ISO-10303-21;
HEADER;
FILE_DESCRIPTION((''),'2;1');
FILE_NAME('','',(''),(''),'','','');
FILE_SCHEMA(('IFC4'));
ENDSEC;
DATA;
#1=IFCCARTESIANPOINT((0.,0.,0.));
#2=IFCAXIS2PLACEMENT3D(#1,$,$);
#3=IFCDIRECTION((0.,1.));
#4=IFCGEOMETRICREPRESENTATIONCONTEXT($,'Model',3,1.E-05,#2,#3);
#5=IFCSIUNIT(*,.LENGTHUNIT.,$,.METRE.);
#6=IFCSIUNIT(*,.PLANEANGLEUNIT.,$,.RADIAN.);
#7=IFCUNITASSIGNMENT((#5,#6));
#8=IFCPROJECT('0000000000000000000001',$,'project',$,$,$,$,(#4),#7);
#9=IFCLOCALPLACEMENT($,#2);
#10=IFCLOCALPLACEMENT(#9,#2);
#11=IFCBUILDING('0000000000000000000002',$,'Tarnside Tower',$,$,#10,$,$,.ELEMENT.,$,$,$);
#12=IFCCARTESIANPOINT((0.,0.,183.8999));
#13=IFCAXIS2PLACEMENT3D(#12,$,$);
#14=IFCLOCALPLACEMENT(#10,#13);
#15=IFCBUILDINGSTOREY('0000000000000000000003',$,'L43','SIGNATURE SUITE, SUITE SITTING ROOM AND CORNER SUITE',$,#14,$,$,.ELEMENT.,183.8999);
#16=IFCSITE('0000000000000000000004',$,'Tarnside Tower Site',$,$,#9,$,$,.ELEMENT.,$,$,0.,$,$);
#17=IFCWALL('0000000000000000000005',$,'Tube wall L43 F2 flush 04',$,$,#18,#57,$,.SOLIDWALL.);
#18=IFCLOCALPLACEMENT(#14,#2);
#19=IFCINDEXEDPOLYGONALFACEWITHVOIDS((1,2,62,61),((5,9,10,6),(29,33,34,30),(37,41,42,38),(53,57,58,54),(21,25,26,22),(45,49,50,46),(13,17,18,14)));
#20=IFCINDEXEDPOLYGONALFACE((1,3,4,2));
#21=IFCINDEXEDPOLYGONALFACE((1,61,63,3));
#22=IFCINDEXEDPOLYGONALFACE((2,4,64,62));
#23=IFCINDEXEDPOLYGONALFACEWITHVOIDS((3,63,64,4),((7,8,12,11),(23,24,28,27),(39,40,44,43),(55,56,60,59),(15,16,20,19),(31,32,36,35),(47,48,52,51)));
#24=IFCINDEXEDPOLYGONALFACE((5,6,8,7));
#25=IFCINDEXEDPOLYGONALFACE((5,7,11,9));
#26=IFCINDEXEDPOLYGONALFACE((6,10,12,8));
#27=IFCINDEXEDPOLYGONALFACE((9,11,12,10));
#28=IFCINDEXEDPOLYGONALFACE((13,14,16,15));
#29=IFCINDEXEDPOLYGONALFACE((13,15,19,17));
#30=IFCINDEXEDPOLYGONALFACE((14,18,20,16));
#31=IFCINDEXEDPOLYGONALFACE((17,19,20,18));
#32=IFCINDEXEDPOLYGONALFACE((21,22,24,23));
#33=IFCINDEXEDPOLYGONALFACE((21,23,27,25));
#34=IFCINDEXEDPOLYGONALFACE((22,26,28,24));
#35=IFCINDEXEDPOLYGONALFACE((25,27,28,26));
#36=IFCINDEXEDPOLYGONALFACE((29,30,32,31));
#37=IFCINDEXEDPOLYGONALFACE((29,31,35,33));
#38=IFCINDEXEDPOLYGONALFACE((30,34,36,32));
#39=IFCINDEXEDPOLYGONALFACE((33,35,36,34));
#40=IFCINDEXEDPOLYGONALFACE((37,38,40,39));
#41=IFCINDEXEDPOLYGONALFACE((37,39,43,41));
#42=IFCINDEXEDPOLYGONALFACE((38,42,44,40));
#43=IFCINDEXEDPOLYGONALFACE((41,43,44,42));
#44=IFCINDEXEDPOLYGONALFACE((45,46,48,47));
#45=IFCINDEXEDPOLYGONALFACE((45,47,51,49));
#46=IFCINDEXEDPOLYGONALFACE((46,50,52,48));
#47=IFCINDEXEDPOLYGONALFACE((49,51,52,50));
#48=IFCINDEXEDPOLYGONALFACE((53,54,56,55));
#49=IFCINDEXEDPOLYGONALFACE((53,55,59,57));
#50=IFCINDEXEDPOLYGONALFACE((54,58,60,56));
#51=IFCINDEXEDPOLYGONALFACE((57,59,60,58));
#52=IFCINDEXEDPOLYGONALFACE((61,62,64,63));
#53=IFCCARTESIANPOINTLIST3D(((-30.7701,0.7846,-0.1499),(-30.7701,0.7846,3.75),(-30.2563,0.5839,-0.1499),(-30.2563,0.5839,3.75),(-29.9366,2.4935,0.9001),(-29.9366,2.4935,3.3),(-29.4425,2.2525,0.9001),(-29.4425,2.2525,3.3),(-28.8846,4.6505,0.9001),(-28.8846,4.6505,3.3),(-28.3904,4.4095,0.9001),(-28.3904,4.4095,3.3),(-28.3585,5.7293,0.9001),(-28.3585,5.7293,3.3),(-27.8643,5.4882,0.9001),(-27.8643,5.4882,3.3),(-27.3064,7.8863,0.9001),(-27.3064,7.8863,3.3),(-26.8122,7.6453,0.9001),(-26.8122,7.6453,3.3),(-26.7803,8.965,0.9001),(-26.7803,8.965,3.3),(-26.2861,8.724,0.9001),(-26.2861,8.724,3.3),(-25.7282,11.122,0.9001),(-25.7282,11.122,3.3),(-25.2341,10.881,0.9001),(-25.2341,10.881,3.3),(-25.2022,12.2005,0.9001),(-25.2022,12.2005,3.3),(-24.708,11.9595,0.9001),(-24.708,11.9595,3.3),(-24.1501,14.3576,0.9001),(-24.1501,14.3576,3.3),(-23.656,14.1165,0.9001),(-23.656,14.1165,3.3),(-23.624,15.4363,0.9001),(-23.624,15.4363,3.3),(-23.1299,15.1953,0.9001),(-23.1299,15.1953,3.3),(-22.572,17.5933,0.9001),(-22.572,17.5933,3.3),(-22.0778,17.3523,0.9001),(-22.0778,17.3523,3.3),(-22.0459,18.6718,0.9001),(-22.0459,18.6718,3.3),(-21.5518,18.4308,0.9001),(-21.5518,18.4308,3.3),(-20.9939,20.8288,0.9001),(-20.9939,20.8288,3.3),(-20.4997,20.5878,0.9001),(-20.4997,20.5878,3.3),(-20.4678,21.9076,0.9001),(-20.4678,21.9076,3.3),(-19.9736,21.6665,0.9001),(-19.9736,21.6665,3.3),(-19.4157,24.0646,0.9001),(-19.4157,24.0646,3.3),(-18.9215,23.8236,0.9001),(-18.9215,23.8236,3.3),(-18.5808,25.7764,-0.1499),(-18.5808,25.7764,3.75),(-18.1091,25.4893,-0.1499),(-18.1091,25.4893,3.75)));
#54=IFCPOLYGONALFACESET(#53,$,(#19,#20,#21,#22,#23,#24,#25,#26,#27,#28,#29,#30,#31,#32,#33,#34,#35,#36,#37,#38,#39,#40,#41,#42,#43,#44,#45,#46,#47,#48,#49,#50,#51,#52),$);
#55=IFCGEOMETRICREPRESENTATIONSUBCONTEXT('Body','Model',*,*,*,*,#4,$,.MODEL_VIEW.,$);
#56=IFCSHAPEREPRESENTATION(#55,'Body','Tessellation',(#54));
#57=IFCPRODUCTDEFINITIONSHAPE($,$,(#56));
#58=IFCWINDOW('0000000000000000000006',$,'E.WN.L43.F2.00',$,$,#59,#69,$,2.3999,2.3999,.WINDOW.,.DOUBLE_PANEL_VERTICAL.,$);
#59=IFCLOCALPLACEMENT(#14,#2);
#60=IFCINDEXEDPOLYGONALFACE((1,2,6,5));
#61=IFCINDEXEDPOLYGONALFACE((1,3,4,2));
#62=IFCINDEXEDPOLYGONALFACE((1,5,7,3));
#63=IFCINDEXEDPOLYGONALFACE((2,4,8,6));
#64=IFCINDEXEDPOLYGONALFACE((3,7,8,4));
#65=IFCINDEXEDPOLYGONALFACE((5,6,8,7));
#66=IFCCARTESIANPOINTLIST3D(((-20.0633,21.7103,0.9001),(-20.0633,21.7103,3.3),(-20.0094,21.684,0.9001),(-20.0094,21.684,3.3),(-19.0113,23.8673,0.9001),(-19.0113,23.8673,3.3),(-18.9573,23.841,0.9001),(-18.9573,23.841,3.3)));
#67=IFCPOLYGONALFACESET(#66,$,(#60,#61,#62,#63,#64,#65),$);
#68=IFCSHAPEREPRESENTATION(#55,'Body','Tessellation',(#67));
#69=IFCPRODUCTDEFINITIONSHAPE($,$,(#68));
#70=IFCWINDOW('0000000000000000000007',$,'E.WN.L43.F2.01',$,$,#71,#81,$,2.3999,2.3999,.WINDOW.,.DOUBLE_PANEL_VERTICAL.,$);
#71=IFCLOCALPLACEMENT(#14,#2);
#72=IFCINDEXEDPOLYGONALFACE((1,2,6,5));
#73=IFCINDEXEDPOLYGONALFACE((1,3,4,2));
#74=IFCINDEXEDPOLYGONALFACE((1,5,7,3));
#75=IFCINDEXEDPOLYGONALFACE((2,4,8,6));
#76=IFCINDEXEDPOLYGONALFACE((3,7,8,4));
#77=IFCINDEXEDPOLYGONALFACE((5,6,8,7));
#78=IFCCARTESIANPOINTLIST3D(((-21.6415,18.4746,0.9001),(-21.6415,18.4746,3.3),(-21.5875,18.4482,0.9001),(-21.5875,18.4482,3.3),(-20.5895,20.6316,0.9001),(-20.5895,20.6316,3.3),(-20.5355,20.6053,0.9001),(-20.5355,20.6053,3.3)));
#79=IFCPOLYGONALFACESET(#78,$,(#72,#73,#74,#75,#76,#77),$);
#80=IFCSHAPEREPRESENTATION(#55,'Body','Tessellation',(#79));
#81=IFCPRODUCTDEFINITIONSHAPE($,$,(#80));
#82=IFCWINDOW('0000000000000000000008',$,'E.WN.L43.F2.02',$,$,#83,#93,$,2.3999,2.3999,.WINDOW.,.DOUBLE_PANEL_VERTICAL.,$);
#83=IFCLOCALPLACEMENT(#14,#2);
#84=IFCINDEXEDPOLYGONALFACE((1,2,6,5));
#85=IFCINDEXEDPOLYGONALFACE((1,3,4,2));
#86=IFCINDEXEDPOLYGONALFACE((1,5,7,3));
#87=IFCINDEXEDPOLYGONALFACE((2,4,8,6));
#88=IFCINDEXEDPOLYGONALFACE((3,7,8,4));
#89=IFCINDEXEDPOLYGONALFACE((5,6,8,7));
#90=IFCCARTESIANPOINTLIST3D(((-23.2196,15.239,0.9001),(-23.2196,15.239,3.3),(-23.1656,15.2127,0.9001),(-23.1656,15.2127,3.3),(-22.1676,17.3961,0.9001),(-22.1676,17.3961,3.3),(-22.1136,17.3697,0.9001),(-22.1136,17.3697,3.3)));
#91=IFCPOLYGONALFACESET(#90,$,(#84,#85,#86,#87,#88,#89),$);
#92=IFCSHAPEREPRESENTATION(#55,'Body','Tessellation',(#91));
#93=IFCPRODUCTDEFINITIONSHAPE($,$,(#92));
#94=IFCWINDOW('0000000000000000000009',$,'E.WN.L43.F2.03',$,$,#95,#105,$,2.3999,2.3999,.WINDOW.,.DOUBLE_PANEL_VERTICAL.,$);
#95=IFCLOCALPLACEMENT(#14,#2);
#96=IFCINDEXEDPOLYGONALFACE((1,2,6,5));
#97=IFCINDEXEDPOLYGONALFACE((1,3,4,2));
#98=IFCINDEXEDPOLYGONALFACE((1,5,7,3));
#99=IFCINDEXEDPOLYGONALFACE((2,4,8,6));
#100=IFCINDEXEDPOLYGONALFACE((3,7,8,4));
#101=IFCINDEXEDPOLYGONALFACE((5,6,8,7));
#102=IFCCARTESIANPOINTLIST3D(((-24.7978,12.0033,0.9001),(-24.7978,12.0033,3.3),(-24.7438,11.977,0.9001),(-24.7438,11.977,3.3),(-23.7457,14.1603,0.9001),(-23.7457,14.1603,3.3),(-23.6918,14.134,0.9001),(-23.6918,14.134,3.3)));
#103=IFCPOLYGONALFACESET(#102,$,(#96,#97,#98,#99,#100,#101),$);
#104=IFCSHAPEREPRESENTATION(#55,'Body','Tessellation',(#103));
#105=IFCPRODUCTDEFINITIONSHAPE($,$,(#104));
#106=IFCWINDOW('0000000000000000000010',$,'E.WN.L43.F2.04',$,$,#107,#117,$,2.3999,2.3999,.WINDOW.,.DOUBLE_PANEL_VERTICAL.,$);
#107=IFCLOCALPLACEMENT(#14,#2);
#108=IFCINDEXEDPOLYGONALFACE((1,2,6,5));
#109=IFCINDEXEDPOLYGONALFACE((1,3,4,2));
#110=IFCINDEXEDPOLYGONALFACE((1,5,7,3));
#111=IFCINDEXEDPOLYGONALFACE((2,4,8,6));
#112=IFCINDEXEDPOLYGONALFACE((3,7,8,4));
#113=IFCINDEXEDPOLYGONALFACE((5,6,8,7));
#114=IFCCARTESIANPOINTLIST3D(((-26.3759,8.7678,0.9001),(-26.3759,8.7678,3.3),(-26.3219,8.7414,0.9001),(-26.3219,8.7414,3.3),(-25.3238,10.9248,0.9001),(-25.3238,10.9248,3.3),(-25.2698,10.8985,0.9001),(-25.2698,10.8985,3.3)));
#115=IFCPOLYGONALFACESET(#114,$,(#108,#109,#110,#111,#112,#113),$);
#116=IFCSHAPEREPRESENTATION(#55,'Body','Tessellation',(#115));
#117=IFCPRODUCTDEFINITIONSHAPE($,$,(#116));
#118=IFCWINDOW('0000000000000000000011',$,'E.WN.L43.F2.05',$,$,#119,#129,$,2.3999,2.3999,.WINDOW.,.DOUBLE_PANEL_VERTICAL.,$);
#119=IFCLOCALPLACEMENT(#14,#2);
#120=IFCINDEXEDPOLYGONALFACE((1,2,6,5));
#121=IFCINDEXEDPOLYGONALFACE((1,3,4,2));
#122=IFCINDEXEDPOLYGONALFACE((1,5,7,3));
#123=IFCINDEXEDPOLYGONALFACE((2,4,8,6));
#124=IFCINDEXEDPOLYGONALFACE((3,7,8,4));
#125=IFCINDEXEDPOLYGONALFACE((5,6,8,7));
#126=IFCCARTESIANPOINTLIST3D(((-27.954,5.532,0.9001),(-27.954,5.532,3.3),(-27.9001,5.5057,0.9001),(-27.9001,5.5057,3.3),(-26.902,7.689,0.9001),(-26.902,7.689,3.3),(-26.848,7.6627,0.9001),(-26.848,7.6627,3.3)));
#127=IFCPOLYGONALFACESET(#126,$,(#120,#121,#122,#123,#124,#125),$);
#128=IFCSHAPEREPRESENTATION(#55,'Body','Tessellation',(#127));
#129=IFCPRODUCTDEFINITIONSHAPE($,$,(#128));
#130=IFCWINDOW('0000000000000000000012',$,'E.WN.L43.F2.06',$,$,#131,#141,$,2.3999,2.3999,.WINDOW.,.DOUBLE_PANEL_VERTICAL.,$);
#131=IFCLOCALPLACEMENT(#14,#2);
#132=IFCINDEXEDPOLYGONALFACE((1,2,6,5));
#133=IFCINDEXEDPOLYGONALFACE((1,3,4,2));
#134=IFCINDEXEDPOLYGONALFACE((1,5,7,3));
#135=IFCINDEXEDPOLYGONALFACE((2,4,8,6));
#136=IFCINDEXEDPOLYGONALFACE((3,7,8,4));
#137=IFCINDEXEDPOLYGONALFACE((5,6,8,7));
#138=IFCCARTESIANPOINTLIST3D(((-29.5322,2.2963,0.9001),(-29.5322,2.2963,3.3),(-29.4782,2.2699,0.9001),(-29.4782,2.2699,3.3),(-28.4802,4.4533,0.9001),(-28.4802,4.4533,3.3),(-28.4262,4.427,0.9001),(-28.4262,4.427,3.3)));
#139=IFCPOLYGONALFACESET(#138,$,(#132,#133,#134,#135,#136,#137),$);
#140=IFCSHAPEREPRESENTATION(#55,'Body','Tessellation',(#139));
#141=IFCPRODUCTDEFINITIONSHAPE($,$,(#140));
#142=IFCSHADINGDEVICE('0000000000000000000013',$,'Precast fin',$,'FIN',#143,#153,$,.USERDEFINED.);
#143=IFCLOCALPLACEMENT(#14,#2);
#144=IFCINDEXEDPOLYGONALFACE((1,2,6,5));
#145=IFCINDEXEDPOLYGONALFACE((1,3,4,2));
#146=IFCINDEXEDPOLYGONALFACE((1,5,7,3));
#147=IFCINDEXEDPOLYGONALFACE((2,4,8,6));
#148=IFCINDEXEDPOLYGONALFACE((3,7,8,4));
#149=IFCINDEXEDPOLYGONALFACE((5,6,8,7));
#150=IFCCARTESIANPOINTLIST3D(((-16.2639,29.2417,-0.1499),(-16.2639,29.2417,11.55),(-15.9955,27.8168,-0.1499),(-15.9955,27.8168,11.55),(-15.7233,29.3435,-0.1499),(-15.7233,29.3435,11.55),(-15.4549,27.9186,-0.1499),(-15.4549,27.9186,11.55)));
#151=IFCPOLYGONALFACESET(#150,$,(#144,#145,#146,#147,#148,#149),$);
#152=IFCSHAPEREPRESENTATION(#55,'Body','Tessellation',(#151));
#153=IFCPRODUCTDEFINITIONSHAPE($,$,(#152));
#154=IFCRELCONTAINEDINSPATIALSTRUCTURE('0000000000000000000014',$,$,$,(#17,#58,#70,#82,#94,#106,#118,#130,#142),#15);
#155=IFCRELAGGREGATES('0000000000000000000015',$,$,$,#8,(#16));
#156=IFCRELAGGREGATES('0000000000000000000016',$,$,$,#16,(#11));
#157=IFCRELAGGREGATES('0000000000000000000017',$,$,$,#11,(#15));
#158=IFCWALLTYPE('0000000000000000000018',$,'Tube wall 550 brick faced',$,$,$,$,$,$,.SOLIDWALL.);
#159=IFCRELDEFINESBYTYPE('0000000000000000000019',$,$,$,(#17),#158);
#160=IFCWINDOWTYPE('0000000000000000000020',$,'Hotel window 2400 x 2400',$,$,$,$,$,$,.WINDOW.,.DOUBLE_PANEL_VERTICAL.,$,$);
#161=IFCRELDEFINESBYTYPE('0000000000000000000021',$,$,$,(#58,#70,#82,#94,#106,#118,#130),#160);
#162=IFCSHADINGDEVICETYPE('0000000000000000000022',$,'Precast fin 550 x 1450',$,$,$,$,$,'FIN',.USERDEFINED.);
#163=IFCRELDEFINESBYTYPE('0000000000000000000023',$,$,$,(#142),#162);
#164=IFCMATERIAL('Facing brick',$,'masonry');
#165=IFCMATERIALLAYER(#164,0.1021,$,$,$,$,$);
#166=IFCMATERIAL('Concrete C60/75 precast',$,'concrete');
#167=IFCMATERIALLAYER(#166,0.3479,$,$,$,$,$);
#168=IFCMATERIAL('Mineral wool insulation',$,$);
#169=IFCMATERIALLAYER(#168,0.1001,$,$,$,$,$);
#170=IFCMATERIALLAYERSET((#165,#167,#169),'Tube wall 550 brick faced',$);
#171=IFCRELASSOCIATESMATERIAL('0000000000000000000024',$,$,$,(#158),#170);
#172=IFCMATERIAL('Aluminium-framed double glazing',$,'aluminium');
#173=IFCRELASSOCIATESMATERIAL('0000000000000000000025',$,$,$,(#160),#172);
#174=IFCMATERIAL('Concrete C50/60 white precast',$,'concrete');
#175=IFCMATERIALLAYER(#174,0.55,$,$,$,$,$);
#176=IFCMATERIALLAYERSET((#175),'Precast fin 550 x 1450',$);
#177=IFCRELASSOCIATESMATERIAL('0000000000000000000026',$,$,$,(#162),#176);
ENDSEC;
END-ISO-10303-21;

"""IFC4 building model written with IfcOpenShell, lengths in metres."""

from ifc_helpers import new_model, si_unit, direction, frame, frame_2d, origin, place, context, subcontext, project, spatial, polyline, rectangle, outline, extrude, material, layer, layer_set, type_object, element, fill, save


model = new_model("IFC4")

# Units and contexts
model_context = context("Model", 3, precision=1e-05, world=origin(), true_north=direction((0.0, 1.0)))
body_context = subcontext(model_context, "Body", "Model", "MODEL_VIEW")
ifc_project = project(units=[si_unit("LENGTHUNIT", "METRE"), si_unit("PLANEANGLEUNIT", "RADIAN")], contexts=[model_context])

# Site, building, storey
site_placement = place(None, origin())
site = spatial("IfcSite", under=ifc_project, at=site_placement, Name="Tarnside Tower Site", CompositionType="ELEMENT", RefElevation=0.0)
building_placement = place(site_placement, origin())
building = spatial("IfcBuilding", under=site, at=building_placement, Name="Tarnside Tower", CompositionType="ELEMENT")
storey_placement = place(building_placement, frame((0.0, 0.0, 183.8999)))
storey = spatial("IfcBuildingStorey", under=building, at=storey_placement, Name="L43", Description="SIGNATURE SUITE, SUITE SITTING ROOM AND CORNER SUITE", CompositionType="ELEMENT", Elevation=183.8999)

# Shared definitions
ifc_material_1 = material(Name="Facing brick", Category="masonry")
ifc_layer_1 = layer(ifc_material_1, 0.1021)
ifc_material_2 = material(Name="Concrete C60/75 precast", Category="concrete")
ifc_layer_2 = layer(ifc_material_2, 0.3479)
ifc_material_3 = material(Name="Mineral wool insulation")
ifc_layer_3 = layer(ifc_material_3, 0.1001)
ifc_layer_set_1 = layer_set([ifc_layer_1, ifc_layer_2, ifc_layer_3], Name="Tube wall 550 brick faced")
wall_type_1 = type_object("IfcWallType", Name="Tube wall 550 brick faced", PredefinedType="SOLIDWALL", material=ifc_layer_set_1)

# Wall, openings, windows
wall_1_placement = place(storey_placement, frame((-18.345, 25.6328, -0.1499), z_axis=(0.0, 0.0, 1.0), x_axis=(-0.438372, -0.898794, 0.0)))
wall_1 = element("IfcWall", 1, at=wall_1_placement, inside=storey, type_object=wall_type_1, Name="Tube wall L43 F2 flush 04", PredefinedType="SOLIDWALL", context=body_context, shape_type="SweptSolid", body=[
    extrude(outline(polyline([(-0.0256, -0.2749), (27.7803, -0.2749), (27.7354, 0.2749), (0.0256, 0.2749), (-0.0256, -0.2749)])), origin(), (0.0, 0.0, 1.0), 3.8999),
])
opening_1_placement = place(wall_1_placement, frame((1.8789, 0.0, 1.05)))
opening_1 = element("IfcOpeningElement", 2, at=opening_1_placement, cuts=wall_1, PredefinedType="OPENING", context=body_context, shape_type="SweptSolid", body=[
    extrude(rectangle(XDim=2.3999, YDim=2.3999, at=frame_2d((1.2, 1.2))), frame((0.0, 0.2852, 0.0), z_axis=(0.0, -1.0, 0.0), x_axis=(1.0, 0.0, 0.0)), (0.0, 0.0, 1.0), 0.5701),
])
opening_2_placement = place(wall_1_placement, frame((5.479, 0.0, 1.05)))
opening_2 = element("IfcOpeningElement", 3, at=opening_2_placement, cuts=wall_1, PredefinedType="OPENING", context=body_context, shape_type="SweptSolid", body=[
    extrude(rectangle(XDim=2.3999, YDim=2.3999, at=frame_2d((1.2, 1.2))), frame((0.0, 0.2852, 0.0), z_axis=(0.0, -1.0, 0.0), x_axis=(1.0, 0.0, 0.0)), (0.0, 0.0, 1.0), 0.5701),
])
opening_3_placement = place(wall_1_placement, frame((9.0789, 0.0, 1.05)))
opening_3 = element("IfcOpeningElement", 4, at=opening_3_placement, cuts=wall_1, PredefinedType="OPENING", context=body_context, shape_type="SweptSolid", body=[
    extrude(rectangle(XDim=2.3999, YDim=2.3999, at=frame_2d((1.2, 1.2))), frame((0.0, 0.2852, 0.0), z_axis=(0.0, -1.0, 0.0), x_axis=(1.0, 0.0, 0.0)), (0.0, 0.0, 1.0), 0.5701),
])
opening_4_placement = place(wall_1_placement, frame((12.679, 0.0, 1.05)))
opening_4 = element("IfcOpeningElement", 5, at=opening_4_placement, cuts=wall_1, PredefinedType="OPENING", context=body_context, shape_type="SweptSolid", body=[
    extrude(rectangle(XDim=2.3999, YDim=2.3999, at=frame_2d((1.2, 1.2))), frame((0.0, 0.2852, 0.0), z_axis=(0.0, -1.0, 0.0), x_axis=(1.0, 0.0, 0.0)), (0.0, 0.0, 1.0), 0.5701),
])
opening_5_placement = place(wall_1_placement, frame((16.2788, 0.0, 1.05)))
opening_5 = element("IfcOpeningElement", 6, at=opening_5_placement, cuts=wall_1, PredefinedType="OPENING", context=body_context, shape_type="SweptSolid", body=[
    extrude(rectangle(XDim=2.3999, YDim=2.3999, at=frame_2d((1.2, 1.2))), frame((0.0, 0.2852, 0.0), z_axis=(0.0, -1.0, 0.0), x_axis=(1.0, 0.0, 0.0)), (0.0, 0.0, 1.0), 0.5701),
])
opening_6_placement = place(wall_1_placement, frame((19.8789, 0.0, 1.05)))
opening_6 = element("IfcOpeningElement", 7, at=opening_6_placement, cuts=wall_1, PredefinedType="OPENING", context=body_context, shape_type="SweptSolid", body=[
    extrude(rectangle(XDim=2.3999, YDim=2.3999, at=frame_2d((1.2, 1.2))), frame((0.0, 0.2852, 0.0), z_axis=(0.0, -1.0, 0.0), x_axis=(1.0, 0.0, 0.0)), (0.0, 0.0, 1.0), 0.5701),
])
opening_7_placement = place(wall_1_placement, frame((23.479, 0.0, 1.05)))
opening_7 = element("IfcOpeningElement", 8, at=opening_7_placement, cuts=wall_1, PredefinedType="OPENING", context=body_context, shape_type="SweptSolid", body=[
    extrude(rectangle(XDim=2.3999, YDim=2.3999, at=frame_2d((1.2, 1.2))), frame((0.0, 0.2852, 0.0), z_axis=(0.0, -1.0, 0.0), x_axis=(1.0, 0.0, 0.0)), (0.0, 0.0, 1.0), 0.5701),
])
ifc_material_4 = material(Name="Aluminium-framed double glazing", Category="aluminium")
window_type = type_object("IfcWindowType", Name="Hotel window 2400 x 2400", PartitioningType="DOUBLE_PANEL_VERTICAL", PredefinedType="WINDOW", material=ifc_material_4)
window_1_placement = place(opening_1_placement, frame((0.0, 0.2051, 0.0)))
window_1 = element("IfcWindow", 9, at=window_1_placement, inside=storey, type_object=window_type, Name="E.WN.L43.F2.00", OverallHeight=2.3999, OverallWidth=2.3999, PartitioningType="DOUBLE_PANEL_VERTICAL", PredefinedType="WINDOW", context=body_context, shape_type="SweptSolid", body=[
    extrude(rectangle(XDim=2.3999, YDim=2.3999, at=frame_2d((1.2, 1.2))), frame((0.0, 0.03, 0.0), z_axis=(0.0, -1.0, 0.0), x_axis=(1.0, 0.0, 0.0)), (0.0, 0.0, 1.0), 0.0601),
])
fill(opening_1, window_1)
window_2_placement = place(opening_2_placement, frame((0.0, 0.2051, 0.0)))
window_2 = element("IfcWindow", 10, at=window_2_placement, inside=storey, type_object=window_type, Name="E.WN.L43.F2.01", OverallHeight=2.3999, OverallWidth=2.3999, PartitioningType="DOUBLE_PANEL_VERTICAL", PredefinedType="WINDOW", context=body_context, shape_type="SweptSolid", body=[
    extrude(rectangle(XDim=2.3999, YDim=2.3999, at=frame_2d((1.2, 1.2))), frame((0.0, 0.03, 0.0), z_axis=(0.0, -1.0, 0.0), x_axis=(1.0, 0.0, 0.0)), (0.0, 0.0, 1.0), 0.0601),
])
fill(opening_2, window_2)
window_3_placement = place(opening_3_placement, frame((0.0, 0.2051, 0.0)))
window_3 = element("IfcWindow", 11, at=window_3_placement, inside=storey, type_object=window_type, Name="E.WN.L43.F2.02", OverallHeight=2.3999, OverallWidth=2.3999, PartitioningType="DOUBLE_PANEL_VERTICAL", PredefinedType="WINDOW", context=body_context, shape_type="SweptSolid", body=[
    extrude(rectangle(XDim=2.3999, YDim=2.3999, at=frame_2d((1.2, 1.2))), frame((0.0, 0.03, 0.0), z_axis=(0.0, -1.0, 0.0), x_axis=(1.0, 0.0, 0.0)), (0.0, 0.0, 1.0), 0.0601),
])
fill(opening_3, window_3)
window_4_placement = place(opening_4_placement, frame((0.0, 0.2051, 0.0)))
window_4 = element("IfcWindow", 12, at=window_4_placement, inside=storey, type_object=window_type, Name="E.WN.L43.F2.03", OverallHeight=2.3999, OverallWidth=2.3999, PartitioningType="DOUBLE_PANEL_VERTICAL", PredefinedType="WINDOW", context=body_context, shape_type="SweptSolid", body=[
    extrude(rectangle(XDim=2.3999, YDim=2.3999, at=frame_2d((1.2, 1.2))), frame((0.0, 0.03, 0.0), z_axis=(0.0, -1.0, 0.0), x_axis=(1.0, 0.0, 0.0)), (0.0, 0.0, 1.0), 0.0601),
])
fill(opening_4, window_4)
window_5_placement = place(opening_5_placement, frame((0.0, 0.2051, 0.0)))
window_5 = element("IfcWindow", 13, at=window_5_placement, inside=storey, type_object=window_type, Name="E.WN.L43.F2.04", OverallHeight=2.3999, OverallWidth=2.3999, PartitioningType="DOUBLE_PANEL_VERTICAL", PredefinedType="WINDOW", context=body_context, shape_type="SweptSolid", body=[
    extrude(rectangle(XDim=2.3999, YDim=2.3999, at=frame_2d((1.2, 1.2))), frame((0.0, 0.03, 0.0), z_axis=(0.0, -1.0, 0.0), x_axis=(1.0, 0.0, 0.0)), (0.0, 0.0, 1.0), 0.0601),
])
fill(opening_5, window_5)
window_6_placement = place(opening_6_placement, frame((0.0, 0.2051, 0.0)))
window_6 = element("IfcWindow", 14, at=window_6_placement, inside=storey, type_object=window_type, Name="E.WN.L43.F2.05", OverallHeight=2.3999, OverallWidth=2.3999, PartitioningType="DOUBLE_PANEL_VERTICAL", PredefinedType="WINDOW", context=body_context, shape_type="SweptSolid", body=[
    extrude(rectangle(XDim=2.3999, YDim=2.3999, at=frame_2d((1.2, 1.2))), frame((0.0, 0.03, 0.0), z_axis=(0.0, -1.0, 0.0), x_axis=(1.0, 0.0, 0.0)), (0.0, 0.0, 1.0), 0.0601),
])
fill(opening_6, window_6)
window_7_placement = place(opening_7_placement, frame((0.0, 0.2051, 0.0)))
window_7 = element("IfcWindow", 15, at=window_7_placement, inside=storey, type_object=window_type, Name="E.WN.L43.F2.06", OverallHeight=2.3999, OverallWidth=2.3999, PartitioningType="DOUBLE_PANEL_VERTICAL", PredefinedType="WINDOW", context=body_context, shape_type="SweptSolid", body=[
    extrude(rectangle(XDim=2.3999, YDim=2.3999, at=frame_2d((1.2, 1.2))), frame((0.0, 0.03, 0.0), z_axis=(0.0, -1.0, 0.0), x_axis=(1.0, 0.0, 0.0)), (0.0, 0.0, 1.0), 0.0601),
])
fill(opening_7, window_7)

# Shading device
ifc_material_5 = material(Name="Concrete C50/60 white precast", Category="concrete")
ifc_layer_4 = layer(ifc_material_5, 0.55)
ifc_layer_set_2 = layer_set([ifc_layer_4], Name="Precast fin 550 x 1450")
shading_device_type_1 = type_object("IfcShadingDeviceType", Name="Precast fin 550 x 1450", ElementType="FIN", PredefinedType="USERDEFINED", material=ifc_layer_set_2)
for number, where, z_axis, x_axis, name in (
    (16, (-15.7253, 27.8677, -0.1499), (0.982721, 0.185095, 0.0), (-0.185095, 0.982721, 0.0), "Precast fin"),
):
    element("IfcShadingDevice", number, at=place(storey_placement, frame(where, z_axis=z_axis, x_axis=x_axis)), inside=storey, type_object=shading_device_type_1, Name=name, ObjectType="FIN", PredefinedType="USERDEFINED", context=body_context, shape_type="SweptSolid", body=[
        extrude(outline(polyline([(0.0, 0.0), (1.45, 0.0), (1.45, 11.7), (0.0, 11.7), (0.0, 0.0)])), frame((0.0, 0.0, -0.2749)), (0.0, 0.0, 1.0), 0.55),
    ])

save(model, "model.ifc")
